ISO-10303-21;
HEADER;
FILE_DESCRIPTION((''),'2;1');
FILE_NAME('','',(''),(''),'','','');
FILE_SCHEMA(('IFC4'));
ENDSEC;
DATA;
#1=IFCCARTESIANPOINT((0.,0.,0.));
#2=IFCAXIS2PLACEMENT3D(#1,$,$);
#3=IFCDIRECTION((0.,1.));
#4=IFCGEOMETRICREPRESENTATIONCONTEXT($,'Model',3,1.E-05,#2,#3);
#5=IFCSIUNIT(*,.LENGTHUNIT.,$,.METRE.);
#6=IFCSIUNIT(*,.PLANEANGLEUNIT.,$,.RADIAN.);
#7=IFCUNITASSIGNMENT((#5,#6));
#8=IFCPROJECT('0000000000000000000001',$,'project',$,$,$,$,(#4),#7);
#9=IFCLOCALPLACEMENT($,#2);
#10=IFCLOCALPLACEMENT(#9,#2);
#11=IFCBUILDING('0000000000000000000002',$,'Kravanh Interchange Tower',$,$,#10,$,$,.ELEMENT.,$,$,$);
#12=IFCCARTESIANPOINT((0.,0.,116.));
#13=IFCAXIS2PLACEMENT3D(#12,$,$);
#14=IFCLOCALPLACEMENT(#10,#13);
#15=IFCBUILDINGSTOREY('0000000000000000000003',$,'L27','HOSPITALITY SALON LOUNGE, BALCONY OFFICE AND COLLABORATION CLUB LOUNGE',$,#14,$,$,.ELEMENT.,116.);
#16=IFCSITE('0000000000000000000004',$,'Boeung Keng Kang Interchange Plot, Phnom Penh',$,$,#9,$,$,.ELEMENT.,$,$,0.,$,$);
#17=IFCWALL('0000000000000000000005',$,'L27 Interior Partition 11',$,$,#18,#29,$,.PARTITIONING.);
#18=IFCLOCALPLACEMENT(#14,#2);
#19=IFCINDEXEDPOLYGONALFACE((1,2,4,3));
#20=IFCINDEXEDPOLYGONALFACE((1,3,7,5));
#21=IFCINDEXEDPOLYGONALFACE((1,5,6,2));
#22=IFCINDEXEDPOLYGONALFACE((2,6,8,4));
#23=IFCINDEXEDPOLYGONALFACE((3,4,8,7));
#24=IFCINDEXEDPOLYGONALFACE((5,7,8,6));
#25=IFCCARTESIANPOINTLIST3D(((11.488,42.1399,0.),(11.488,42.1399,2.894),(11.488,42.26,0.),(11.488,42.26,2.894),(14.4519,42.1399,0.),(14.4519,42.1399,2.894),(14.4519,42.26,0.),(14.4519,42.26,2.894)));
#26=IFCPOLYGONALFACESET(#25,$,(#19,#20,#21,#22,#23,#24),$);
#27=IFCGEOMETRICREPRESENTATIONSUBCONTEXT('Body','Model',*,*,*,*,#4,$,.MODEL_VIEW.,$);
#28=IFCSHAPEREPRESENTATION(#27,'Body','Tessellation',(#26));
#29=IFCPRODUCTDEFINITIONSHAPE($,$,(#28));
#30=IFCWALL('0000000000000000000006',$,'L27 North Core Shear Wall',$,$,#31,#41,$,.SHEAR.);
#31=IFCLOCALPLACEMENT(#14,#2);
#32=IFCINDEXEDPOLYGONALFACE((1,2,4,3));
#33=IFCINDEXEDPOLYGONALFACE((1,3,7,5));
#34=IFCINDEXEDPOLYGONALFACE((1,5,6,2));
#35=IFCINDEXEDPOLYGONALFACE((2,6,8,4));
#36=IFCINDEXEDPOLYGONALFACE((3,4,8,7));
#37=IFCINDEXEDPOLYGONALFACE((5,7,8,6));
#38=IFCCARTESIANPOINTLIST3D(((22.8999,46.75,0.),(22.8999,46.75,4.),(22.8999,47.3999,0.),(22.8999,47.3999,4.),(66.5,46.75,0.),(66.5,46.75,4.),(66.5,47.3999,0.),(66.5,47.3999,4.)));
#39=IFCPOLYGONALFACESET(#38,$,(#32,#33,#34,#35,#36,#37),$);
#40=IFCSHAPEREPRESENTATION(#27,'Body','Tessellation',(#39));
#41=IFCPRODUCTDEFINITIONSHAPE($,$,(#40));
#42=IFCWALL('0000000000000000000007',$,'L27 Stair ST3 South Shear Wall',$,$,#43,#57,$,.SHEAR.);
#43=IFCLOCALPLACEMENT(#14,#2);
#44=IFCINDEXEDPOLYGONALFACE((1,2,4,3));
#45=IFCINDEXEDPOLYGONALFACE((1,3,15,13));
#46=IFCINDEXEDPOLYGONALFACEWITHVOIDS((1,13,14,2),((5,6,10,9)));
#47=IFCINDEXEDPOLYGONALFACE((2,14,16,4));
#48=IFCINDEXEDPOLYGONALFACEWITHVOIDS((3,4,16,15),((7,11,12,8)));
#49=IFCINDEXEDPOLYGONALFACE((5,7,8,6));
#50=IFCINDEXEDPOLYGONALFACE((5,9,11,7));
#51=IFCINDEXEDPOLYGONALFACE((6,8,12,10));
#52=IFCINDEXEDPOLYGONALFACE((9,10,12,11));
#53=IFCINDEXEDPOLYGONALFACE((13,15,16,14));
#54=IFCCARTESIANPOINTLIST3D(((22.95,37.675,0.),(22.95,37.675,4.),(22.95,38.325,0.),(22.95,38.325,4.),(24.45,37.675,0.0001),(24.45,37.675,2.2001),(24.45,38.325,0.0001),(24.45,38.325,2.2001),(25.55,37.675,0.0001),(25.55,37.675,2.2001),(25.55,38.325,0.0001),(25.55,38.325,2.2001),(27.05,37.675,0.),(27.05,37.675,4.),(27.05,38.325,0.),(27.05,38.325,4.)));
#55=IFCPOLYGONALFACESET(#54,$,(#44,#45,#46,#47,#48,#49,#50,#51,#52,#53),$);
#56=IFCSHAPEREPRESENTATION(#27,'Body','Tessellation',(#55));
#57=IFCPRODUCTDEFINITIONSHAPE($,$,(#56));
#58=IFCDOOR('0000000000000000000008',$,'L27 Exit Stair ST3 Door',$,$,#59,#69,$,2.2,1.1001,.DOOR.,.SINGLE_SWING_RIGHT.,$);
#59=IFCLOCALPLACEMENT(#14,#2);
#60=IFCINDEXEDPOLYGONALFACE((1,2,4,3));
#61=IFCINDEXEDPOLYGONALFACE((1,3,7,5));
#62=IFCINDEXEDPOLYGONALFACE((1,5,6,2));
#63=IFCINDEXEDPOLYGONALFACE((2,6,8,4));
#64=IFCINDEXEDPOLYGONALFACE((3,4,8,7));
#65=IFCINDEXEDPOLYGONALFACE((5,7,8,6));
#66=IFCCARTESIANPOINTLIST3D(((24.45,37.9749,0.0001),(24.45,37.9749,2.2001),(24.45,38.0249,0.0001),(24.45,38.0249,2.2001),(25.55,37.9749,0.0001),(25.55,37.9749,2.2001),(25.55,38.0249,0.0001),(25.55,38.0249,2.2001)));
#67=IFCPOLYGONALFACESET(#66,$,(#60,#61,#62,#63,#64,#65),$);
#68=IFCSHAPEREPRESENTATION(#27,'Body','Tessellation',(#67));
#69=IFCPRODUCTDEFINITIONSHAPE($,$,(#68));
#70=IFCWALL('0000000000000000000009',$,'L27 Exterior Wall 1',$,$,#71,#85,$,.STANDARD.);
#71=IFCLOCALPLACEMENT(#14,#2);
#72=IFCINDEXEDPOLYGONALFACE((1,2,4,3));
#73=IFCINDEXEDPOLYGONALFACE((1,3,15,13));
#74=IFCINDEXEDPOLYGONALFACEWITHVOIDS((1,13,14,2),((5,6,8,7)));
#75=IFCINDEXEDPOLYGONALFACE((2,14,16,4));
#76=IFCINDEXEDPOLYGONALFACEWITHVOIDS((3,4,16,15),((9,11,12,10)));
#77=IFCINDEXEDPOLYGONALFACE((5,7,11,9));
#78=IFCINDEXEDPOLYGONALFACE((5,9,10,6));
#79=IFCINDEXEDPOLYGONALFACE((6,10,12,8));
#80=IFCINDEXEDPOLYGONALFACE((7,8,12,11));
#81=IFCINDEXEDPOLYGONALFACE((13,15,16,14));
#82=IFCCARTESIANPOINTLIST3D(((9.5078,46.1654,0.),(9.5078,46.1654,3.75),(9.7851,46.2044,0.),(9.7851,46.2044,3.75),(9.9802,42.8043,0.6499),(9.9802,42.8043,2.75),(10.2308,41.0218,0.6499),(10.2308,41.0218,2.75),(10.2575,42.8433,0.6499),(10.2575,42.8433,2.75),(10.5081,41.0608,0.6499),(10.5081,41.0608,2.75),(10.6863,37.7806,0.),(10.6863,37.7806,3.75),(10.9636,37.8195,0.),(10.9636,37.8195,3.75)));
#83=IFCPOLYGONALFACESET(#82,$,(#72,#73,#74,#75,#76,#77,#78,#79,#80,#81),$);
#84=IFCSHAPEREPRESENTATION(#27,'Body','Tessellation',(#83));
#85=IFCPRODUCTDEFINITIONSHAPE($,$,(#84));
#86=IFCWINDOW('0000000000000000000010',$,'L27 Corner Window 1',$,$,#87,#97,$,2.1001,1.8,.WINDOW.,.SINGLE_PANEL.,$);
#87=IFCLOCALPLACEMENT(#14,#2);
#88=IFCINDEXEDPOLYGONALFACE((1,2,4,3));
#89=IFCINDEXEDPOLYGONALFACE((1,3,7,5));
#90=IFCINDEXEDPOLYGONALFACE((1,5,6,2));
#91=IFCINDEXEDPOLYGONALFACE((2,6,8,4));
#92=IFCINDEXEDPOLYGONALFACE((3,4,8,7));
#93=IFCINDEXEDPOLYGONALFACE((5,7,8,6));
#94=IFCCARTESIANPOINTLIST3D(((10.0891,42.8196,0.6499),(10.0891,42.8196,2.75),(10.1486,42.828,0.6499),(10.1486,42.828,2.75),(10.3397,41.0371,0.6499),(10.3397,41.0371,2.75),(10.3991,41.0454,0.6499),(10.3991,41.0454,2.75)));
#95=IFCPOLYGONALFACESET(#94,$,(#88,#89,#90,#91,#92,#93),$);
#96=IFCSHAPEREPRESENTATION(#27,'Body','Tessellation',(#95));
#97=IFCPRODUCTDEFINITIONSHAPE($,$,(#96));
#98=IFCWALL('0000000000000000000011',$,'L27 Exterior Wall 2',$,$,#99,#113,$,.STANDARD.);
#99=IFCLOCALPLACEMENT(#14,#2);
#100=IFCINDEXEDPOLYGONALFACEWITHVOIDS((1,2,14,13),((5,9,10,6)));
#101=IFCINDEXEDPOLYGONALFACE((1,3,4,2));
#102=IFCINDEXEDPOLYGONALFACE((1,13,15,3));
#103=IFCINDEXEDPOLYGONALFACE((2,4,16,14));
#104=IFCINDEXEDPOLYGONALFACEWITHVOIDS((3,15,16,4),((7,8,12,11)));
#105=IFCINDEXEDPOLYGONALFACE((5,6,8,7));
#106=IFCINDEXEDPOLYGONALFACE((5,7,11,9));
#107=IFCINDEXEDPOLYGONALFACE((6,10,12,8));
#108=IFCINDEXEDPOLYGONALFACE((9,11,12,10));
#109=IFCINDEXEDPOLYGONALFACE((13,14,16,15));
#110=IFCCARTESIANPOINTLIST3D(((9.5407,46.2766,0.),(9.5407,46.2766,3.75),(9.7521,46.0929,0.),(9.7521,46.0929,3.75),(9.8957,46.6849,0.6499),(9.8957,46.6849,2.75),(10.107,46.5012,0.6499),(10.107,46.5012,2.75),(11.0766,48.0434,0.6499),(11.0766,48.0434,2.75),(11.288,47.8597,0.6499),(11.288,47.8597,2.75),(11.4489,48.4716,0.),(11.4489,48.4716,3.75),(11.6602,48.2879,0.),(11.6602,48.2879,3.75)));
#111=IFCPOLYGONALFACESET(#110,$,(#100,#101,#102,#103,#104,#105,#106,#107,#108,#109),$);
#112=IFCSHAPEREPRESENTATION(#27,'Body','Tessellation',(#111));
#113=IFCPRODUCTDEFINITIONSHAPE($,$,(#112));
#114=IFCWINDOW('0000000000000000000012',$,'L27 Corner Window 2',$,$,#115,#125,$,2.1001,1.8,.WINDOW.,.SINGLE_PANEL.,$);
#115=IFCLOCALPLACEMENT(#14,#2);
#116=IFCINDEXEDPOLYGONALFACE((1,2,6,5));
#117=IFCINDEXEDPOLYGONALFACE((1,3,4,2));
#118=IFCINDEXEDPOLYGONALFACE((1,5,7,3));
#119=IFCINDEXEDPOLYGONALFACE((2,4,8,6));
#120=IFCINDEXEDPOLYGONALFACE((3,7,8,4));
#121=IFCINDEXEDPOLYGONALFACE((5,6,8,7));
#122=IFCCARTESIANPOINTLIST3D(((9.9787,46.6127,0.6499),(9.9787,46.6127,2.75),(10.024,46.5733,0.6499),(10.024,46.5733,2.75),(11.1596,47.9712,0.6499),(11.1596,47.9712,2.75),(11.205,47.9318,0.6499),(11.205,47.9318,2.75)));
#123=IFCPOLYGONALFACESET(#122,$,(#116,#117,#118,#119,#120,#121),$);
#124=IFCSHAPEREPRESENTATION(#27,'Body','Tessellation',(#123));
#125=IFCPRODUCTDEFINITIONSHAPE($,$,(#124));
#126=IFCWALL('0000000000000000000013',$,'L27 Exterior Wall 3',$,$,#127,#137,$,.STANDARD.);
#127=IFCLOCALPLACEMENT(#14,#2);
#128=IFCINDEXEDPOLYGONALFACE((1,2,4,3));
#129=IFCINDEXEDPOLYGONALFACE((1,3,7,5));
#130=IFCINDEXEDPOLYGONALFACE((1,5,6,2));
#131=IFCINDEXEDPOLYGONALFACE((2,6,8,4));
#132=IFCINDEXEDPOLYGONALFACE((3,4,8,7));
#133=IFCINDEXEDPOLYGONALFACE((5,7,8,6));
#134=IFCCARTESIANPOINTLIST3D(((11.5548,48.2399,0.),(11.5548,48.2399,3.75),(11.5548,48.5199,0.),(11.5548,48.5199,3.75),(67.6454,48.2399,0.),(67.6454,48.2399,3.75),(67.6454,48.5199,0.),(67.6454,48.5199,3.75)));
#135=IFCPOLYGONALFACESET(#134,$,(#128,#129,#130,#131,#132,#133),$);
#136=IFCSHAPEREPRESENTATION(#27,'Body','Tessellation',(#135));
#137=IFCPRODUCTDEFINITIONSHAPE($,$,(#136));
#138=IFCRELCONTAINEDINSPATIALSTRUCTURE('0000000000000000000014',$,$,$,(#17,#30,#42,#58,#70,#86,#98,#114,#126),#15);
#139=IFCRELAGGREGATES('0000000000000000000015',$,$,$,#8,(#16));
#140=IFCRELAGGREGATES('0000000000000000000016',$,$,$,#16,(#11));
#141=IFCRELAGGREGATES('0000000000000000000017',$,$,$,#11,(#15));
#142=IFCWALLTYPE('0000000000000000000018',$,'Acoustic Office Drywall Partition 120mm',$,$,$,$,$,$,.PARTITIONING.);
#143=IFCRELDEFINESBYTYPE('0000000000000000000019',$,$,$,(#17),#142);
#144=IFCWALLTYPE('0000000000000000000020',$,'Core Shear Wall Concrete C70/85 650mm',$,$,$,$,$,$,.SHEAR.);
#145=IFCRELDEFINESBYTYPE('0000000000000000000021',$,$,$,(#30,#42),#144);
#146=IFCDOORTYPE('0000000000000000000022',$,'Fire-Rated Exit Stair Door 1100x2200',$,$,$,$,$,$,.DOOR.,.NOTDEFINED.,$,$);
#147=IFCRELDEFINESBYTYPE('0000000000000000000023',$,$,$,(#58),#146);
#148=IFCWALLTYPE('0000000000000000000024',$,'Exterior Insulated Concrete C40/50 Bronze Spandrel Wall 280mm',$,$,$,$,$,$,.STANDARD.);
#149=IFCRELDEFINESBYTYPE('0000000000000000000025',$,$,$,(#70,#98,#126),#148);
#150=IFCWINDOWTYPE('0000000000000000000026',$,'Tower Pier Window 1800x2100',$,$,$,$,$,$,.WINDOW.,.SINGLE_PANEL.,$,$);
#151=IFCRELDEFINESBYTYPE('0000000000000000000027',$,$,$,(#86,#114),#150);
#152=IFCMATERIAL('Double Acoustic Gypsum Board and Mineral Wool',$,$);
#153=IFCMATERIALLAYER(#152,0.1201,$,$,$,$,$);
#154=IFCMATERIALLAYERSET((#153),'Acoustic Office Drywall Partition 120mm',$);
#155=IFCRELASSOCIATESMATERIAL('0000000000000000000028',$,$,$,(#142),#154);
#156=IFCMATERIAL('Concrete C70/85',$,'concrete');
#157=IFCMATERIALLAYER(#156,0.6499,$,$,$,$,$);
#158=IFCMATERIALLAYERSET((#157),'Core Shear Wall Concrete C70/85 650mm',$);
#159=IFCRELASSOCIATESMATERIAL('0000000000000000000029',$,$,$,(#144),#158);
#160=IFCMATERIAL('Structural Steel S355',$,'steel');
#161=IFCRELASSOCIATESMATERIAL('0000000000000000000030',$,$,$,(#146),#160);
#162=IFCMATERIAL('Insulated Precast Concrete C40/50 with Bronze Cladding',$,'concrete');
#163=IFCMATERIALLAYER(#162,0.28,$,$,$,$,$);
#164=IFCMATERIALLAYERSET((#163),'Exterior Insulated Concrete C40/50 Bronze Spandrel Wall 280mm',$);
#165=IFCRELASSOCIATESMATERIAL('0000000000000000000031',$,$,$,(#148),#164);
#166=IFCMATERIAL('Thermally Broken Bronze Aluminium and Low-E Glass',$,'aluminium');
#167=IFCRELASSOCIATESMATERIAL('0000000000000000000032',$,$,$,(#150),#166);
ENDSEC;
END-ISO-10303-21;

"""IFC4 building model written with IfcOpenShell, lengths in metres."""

from ifc_helpers import new_model, si_unit, direction, frame, frame_2d, origin, place, context, subcontext, project, spatial, rectangle, extrude, material, layer, layer_set, type_object, element, fill, save


model = new_model("IFC4")

# Units and contexts
model_context = context("Model", 3, precision=1e-05, world=origin(), true_north=direction((0.0, 1.0)))
body_context = subcontext(model_context, "Body", "Model", "MODEL_VIEW")
ifc_project = project(units=[si_unit("LENGTHUNIT", "METRE"), si_unit("PLANEANGLEUNIT", "RADIAN")], contexts=[model_context])

# Site, building, storey
site_placement = place(None, origin())
site = spatial("IfcSite", under=ifc_project, at=site_placement, Name="Boeung Keng Kang Interchange Plot, Phnom Penh", CompositionType="ELEMENT", RefElevation=0.0)
building_placement = place(site_placement, origin())
building = spatial("IfcBuilding", under=site, at=building_placement, Name="Kravanh Interchange Tower", CompositionType="ELEMENT")
storey_placement = place(building_placement, frame((0.0, 0.0, 116.0)))
storey = spatial("IfcBuildingStorey", under=building, at=storey_placement, Name="L27", Description="HOSPITALITY SALON LOUNGE, BALCONY OFFICE AND COLLABORATION CLUB LOUNGE", CompositionType="ELEMENT", Elevation=116.0)

# Shared definitions
ifc_material_1 = material(Name="Double Acoustic Gypsum Board and Mineral Wool")
ifc_layer_1 = layer(ifc_material_1, 0.1201)
ifc_layer_set_1 = layer_set([ifc_layer_1], Name="Acoustic Office Drywall Partition 120mm")
wall_type_1 = type_object("IfcWallType", Name="Acoustic Office Drywall Partition 120mm", PredefinedType="PARTITIONING", material=ifc_layer_set_1)

# Walls
wall_1_placement = place(storey_placement, frame((11.488, 42.2, 0.0), z_axis=(0.0, 0.0, 1.0), x_axis=(1.0, 0.0, 0.0)))
element("IfcWall", 1, at=wall_1_placement, inside=storey, type_object=wall_type_1, Name="L27 Interior Partition 11", PredefinedType="PARTITIONING", context=body_context, shape_type="SweptSolid", body=[
    extrude(rectangle(XDim=2.9639, YDim=0.1201, at=frame_2d((1.4819, 0.0))), origin(), (0.0, 0.0, 1.0), 2.894),
])
ifc_material_2 = material(Name="Concrete C70/85", Category="concrete")
ifc_layer_2 = layer(ifc_material_2, 0.6499)
ifc_layer_set_2 = layer_set([ifc_layer_2], Name="Core Shear Wall Concrete C70/85 650mm")
wall_type_2 = type_object("IfcWallType", Name="Core Shear Wall Concrete C70/85 650mm", PredefinedType="SHEAR", material=ifc_layer_set_2)
wall_2_placement = place(storey_placement, frame((22.8999, 47.075, 0.0), z_axis=(0.0, 0.0, 1.0), x_axis=(1.0, 0.0, 0.0)))
element("IfcWall", 2, at=wall_2_placement, inside=storey, type_object=wall_type_2, Name="L27 North Core Shear Wall", PredefinedType="SHEAR", context=body_context, shape_type="SweptSolid", body=[
    extrude(rectangle(XDim=43.6001, YDim=0.6499, at=frame_2d((21.8, 0.0))), origin(), (0.0, 0.0, 1.0), 4.0),
])

# Wall, opening, door
wall_3_placement = place(storey_placement, frame((22.95, 38.0, 0.0), z_axis=(0.0, 0.0, 1.0), x_axis=(1.0, 0.0, 0.0)))
wall_3 = element("IfcWall", 3, at=wall_3_placement, inside=storey, type_object=wall_type_2, Name="L27 Stair ST3 South Shear Wall", PredefinedType="SHEAR", context=body_context, shape_type="SweptSolid", body=[
    extrude(rectangle(XDim=4.1001, YDim=0.6499, at=frame_2d((2.05, 0.0))), origin(), (0.0, 0.0, 1.0), 4.0),
])
opening_1_placement = place(wall_3_placement, frame((1.5, 0.0, 0.0)))
opening_1 = element("IfcOpeningElement", 4, at=opening_1_placement, cuts=wall_3, PredefinedType="OPENING", context=body_context, shape_type="SweptSolid", body=[
    extrude(rectangle(XDim=1.1001, YDim=2.2, at=frame_2d((0.55, 1.1001))), frame((0.0, 0.335, 0.0), z_axis=(0.0, -1.0, 0.0), x_axis=(1.0, 0.0, 0.0)), (0.0, 0.0, 1.0), 0.6699),
])
ifc_material_3 = material(Name="Structural Steel S355", Category="steel")
door_type_1 = type_object("IfcDoorType", Name="Fire-Rated Exit Stair Door 1100x2200", OperationType="NOTDEFINED", PredefinedType="DOOR", material=ifc_material_3)
door_1_placement = place(opening_1_placement, origin())
door_1 = element("IfcDoor", 5, at=door_1_placement, inside=storey, type_object=door_type_1, Name="L27 Exit Stair ST3 Door", OperationType="SINGLE_SWING_RIGHT", OverallHeight=2.2, OverallWidth=1.1001, PredefinedType="DOOR", context=body_context, shape_type="SweptSolid", body=[
    extrude(rectangle(XDim=1.1001, YDim=2.2, at=frame_2d((0.55, 1.1001))), frame((0.0, 0.0249, 0.0), z_axis=(0.0, -1.0, 0.0), x_axis=(1.0, 0.0, 0.0)), (0.0, 0.0, 1.0), 0.05),
])
fill(opening_1, door_1)

# Walls, openings, windows
ifc_material_4 = material(Name="Insulated Precast Concrete C40/50 with Bronze Cladding", Category="concrete")
ifc_layer_3 = layer(ifc_material_4, 0.28)
ifc_layer_set_3 = layer_set([ifc_layer_3], Name="Exterior Insulated Concrete C40/50 Bronze Spandrel Wall 280mm")
wall_type_3 = type_object("IfcWallType", Name="Exterior Insulated Concrete C40/50 Bronze Spandrel Wall 280mm", PredefinedType="STANDARD", material=ifc_layer_set_3)
wall_4_placement = place(storey_placement, frame((10.825, 37.8, 0.0), z_axis=(0.0, 0.0, 1.0), x_axis=(-0.139181, 0.990267, 0.0)))
wall_4 = element("IfcWall", 6, at=wall_4_placement, inside=storey, type_object=wall_type_3, Name="L27 Exterior Wall 1", PredefinedType="STANDARD", context=body_context, shape_type="SweptSolid", body=[
    extrude(rectangle(XDim=8.4673, YDim=0.28, at=frame_2d((4.2336, 0.0))), origin(), (0.0, 0.0, 1.0), 3.75),
])
opening_2_placement = place(wall_4_placement, frame((3.2732, 0.0, 0.6499)))
opening_2 = element("IfcOpeningElement", 7, at=opening_2_placement, cuts=wall_4, PredefinedType="OPENING", context=body_context, shape_type="SweptSolid", body=[
    extrude(rectangle(XDim=1.8, YDim=2.1001, at=frame_2d((0.8999, 1.05))), frame((0.0, 0.1499, 0.0), z_axis=(0.0, -1.0, 0.0), x_axis=(1.0, 0.0, 0.0)), (0.0, 0.0, 1.0), 0.3),
])
ifc_material_5 = material(Name="Thermally Broken Bronze Aluminium and Low-E Glass", Category="aluminium")
window_type = type_object("IfcWindowType", Name="Tower Pier Window 1800x2100", PartitioningType="SINGLE_PANEL", PredefinedType="WINDOW", material=ifc_material_5)
window_1_placement = place(opening_2_placement, origin())
window_1 = element("IfcWindow", 8, at=window_1_placement, inside=storey, type_object=window_type, Name="L27 Corner Window 1", OverallHeight=2.1001, OverallWidth=1.8, PartitioningType="SINGLE_PANEL", PredefinedType="WINDOW", context=body_context, shape_type="SweptSolid", body=[
    extrude(rectangle(XDim=1.8, YDim=2.1001, at=frame_2d((0.8999, 1.05))), frame((0.0, 0.03, 0.0), z_axis=(0.0, -1.0, 0.0), x_axis=(1.0, 0.0, 0.0)), (0.0, 0.0, 1.0), 0.0601),
])
fill(opening_2, window_1)
wall_5_placement = place(storey_placement, frame((9.6465, 46.1848, 0.0), z_axis=(0.0, 0.0, 1.0), x_axis=(0.656071, 0.754699, 0.0)))
wall_5 = element("IfcWall", 9, at=wall_5_placement, inside=storey, type_object=wall_type_3, Name="L27 Exterior Wall 2", PredefinedType="STANDARD", context=body_context, shape_type="SweptSolid", body=[
    extrude(rectangle(XDim=2.9084, YDim=0.28, at=frame_2d((1.4541, 0.0))), origin(), (0.0, 0.0, 1.0), 3.75),
])
opening_3_placement = place(wall_5_placement, frame((0.541, 0.0, 0.6499)))
opening_3 = element("IfcOpeningElement", 10, at=opening_3_placement, cuts=wall_5, PredefinedType="OPENING", context=body_context, shape_type="SweptSolid", body=[
    extrude(rectangle(XDim=1.8, YDim=2.1001, at=frame_2d((0.8999, 1.05))), frame((0.0, 0.1499, 0.0), z_axis=(0.0, -1.0, 0.0), x_axis=(1.0, 0.0, 0.0)), (0.0, 0.0, 1.0), 0.3),
])
window_2_placement = place(opening_3_placement, origin())
window_2 = element("IfcWindow", 11, at=window_2_placement, inside=storey, type_object=window_type, Name="L27 Corner Window 2", OverallHeight=2.1001, OverallWidth=1.8, PartitioningType="SINGLE_PANEL", PredefinedType="WINDOW", context=body_context, shape_type="SweptSolid", body=[
    extrude(rectangle(XDim=1.8, YDim=2.1001, at=frame_2d((0.8999, 1.05))), frame((0.0, 0.03, 0.0), z_axis=(0.0, -1.0, 0.0), x_axis=(1.0, 0.0, 0.0)), (0.0, 0.0, 1.0), 0.0601),
])
fill(opening_3, window_2)

# Wall
wall_6_placement = place(storey_placement, frame((11.5547, 48.3799, 0.0), z_axis=(0.0, 0.0, 1.0), x_axis=(1.0, 0.0, 0.0)))
element("IfcWall", 12, at=wall_6_placement, inside=storey, type_object=wall_type_3, Name="L27 Exterior Wall 3", PredefinedType="STANDARD", context=body_context, shape_type="SweptSolid", body=[
    extrude(rectangle(XDim=56.0906, YDim=0.28, at=frame_2d((28.0454, 0.0))), origin(), (0.0, 0.0, 1.0), 3.75),
])

save(model, "model.ifc")
